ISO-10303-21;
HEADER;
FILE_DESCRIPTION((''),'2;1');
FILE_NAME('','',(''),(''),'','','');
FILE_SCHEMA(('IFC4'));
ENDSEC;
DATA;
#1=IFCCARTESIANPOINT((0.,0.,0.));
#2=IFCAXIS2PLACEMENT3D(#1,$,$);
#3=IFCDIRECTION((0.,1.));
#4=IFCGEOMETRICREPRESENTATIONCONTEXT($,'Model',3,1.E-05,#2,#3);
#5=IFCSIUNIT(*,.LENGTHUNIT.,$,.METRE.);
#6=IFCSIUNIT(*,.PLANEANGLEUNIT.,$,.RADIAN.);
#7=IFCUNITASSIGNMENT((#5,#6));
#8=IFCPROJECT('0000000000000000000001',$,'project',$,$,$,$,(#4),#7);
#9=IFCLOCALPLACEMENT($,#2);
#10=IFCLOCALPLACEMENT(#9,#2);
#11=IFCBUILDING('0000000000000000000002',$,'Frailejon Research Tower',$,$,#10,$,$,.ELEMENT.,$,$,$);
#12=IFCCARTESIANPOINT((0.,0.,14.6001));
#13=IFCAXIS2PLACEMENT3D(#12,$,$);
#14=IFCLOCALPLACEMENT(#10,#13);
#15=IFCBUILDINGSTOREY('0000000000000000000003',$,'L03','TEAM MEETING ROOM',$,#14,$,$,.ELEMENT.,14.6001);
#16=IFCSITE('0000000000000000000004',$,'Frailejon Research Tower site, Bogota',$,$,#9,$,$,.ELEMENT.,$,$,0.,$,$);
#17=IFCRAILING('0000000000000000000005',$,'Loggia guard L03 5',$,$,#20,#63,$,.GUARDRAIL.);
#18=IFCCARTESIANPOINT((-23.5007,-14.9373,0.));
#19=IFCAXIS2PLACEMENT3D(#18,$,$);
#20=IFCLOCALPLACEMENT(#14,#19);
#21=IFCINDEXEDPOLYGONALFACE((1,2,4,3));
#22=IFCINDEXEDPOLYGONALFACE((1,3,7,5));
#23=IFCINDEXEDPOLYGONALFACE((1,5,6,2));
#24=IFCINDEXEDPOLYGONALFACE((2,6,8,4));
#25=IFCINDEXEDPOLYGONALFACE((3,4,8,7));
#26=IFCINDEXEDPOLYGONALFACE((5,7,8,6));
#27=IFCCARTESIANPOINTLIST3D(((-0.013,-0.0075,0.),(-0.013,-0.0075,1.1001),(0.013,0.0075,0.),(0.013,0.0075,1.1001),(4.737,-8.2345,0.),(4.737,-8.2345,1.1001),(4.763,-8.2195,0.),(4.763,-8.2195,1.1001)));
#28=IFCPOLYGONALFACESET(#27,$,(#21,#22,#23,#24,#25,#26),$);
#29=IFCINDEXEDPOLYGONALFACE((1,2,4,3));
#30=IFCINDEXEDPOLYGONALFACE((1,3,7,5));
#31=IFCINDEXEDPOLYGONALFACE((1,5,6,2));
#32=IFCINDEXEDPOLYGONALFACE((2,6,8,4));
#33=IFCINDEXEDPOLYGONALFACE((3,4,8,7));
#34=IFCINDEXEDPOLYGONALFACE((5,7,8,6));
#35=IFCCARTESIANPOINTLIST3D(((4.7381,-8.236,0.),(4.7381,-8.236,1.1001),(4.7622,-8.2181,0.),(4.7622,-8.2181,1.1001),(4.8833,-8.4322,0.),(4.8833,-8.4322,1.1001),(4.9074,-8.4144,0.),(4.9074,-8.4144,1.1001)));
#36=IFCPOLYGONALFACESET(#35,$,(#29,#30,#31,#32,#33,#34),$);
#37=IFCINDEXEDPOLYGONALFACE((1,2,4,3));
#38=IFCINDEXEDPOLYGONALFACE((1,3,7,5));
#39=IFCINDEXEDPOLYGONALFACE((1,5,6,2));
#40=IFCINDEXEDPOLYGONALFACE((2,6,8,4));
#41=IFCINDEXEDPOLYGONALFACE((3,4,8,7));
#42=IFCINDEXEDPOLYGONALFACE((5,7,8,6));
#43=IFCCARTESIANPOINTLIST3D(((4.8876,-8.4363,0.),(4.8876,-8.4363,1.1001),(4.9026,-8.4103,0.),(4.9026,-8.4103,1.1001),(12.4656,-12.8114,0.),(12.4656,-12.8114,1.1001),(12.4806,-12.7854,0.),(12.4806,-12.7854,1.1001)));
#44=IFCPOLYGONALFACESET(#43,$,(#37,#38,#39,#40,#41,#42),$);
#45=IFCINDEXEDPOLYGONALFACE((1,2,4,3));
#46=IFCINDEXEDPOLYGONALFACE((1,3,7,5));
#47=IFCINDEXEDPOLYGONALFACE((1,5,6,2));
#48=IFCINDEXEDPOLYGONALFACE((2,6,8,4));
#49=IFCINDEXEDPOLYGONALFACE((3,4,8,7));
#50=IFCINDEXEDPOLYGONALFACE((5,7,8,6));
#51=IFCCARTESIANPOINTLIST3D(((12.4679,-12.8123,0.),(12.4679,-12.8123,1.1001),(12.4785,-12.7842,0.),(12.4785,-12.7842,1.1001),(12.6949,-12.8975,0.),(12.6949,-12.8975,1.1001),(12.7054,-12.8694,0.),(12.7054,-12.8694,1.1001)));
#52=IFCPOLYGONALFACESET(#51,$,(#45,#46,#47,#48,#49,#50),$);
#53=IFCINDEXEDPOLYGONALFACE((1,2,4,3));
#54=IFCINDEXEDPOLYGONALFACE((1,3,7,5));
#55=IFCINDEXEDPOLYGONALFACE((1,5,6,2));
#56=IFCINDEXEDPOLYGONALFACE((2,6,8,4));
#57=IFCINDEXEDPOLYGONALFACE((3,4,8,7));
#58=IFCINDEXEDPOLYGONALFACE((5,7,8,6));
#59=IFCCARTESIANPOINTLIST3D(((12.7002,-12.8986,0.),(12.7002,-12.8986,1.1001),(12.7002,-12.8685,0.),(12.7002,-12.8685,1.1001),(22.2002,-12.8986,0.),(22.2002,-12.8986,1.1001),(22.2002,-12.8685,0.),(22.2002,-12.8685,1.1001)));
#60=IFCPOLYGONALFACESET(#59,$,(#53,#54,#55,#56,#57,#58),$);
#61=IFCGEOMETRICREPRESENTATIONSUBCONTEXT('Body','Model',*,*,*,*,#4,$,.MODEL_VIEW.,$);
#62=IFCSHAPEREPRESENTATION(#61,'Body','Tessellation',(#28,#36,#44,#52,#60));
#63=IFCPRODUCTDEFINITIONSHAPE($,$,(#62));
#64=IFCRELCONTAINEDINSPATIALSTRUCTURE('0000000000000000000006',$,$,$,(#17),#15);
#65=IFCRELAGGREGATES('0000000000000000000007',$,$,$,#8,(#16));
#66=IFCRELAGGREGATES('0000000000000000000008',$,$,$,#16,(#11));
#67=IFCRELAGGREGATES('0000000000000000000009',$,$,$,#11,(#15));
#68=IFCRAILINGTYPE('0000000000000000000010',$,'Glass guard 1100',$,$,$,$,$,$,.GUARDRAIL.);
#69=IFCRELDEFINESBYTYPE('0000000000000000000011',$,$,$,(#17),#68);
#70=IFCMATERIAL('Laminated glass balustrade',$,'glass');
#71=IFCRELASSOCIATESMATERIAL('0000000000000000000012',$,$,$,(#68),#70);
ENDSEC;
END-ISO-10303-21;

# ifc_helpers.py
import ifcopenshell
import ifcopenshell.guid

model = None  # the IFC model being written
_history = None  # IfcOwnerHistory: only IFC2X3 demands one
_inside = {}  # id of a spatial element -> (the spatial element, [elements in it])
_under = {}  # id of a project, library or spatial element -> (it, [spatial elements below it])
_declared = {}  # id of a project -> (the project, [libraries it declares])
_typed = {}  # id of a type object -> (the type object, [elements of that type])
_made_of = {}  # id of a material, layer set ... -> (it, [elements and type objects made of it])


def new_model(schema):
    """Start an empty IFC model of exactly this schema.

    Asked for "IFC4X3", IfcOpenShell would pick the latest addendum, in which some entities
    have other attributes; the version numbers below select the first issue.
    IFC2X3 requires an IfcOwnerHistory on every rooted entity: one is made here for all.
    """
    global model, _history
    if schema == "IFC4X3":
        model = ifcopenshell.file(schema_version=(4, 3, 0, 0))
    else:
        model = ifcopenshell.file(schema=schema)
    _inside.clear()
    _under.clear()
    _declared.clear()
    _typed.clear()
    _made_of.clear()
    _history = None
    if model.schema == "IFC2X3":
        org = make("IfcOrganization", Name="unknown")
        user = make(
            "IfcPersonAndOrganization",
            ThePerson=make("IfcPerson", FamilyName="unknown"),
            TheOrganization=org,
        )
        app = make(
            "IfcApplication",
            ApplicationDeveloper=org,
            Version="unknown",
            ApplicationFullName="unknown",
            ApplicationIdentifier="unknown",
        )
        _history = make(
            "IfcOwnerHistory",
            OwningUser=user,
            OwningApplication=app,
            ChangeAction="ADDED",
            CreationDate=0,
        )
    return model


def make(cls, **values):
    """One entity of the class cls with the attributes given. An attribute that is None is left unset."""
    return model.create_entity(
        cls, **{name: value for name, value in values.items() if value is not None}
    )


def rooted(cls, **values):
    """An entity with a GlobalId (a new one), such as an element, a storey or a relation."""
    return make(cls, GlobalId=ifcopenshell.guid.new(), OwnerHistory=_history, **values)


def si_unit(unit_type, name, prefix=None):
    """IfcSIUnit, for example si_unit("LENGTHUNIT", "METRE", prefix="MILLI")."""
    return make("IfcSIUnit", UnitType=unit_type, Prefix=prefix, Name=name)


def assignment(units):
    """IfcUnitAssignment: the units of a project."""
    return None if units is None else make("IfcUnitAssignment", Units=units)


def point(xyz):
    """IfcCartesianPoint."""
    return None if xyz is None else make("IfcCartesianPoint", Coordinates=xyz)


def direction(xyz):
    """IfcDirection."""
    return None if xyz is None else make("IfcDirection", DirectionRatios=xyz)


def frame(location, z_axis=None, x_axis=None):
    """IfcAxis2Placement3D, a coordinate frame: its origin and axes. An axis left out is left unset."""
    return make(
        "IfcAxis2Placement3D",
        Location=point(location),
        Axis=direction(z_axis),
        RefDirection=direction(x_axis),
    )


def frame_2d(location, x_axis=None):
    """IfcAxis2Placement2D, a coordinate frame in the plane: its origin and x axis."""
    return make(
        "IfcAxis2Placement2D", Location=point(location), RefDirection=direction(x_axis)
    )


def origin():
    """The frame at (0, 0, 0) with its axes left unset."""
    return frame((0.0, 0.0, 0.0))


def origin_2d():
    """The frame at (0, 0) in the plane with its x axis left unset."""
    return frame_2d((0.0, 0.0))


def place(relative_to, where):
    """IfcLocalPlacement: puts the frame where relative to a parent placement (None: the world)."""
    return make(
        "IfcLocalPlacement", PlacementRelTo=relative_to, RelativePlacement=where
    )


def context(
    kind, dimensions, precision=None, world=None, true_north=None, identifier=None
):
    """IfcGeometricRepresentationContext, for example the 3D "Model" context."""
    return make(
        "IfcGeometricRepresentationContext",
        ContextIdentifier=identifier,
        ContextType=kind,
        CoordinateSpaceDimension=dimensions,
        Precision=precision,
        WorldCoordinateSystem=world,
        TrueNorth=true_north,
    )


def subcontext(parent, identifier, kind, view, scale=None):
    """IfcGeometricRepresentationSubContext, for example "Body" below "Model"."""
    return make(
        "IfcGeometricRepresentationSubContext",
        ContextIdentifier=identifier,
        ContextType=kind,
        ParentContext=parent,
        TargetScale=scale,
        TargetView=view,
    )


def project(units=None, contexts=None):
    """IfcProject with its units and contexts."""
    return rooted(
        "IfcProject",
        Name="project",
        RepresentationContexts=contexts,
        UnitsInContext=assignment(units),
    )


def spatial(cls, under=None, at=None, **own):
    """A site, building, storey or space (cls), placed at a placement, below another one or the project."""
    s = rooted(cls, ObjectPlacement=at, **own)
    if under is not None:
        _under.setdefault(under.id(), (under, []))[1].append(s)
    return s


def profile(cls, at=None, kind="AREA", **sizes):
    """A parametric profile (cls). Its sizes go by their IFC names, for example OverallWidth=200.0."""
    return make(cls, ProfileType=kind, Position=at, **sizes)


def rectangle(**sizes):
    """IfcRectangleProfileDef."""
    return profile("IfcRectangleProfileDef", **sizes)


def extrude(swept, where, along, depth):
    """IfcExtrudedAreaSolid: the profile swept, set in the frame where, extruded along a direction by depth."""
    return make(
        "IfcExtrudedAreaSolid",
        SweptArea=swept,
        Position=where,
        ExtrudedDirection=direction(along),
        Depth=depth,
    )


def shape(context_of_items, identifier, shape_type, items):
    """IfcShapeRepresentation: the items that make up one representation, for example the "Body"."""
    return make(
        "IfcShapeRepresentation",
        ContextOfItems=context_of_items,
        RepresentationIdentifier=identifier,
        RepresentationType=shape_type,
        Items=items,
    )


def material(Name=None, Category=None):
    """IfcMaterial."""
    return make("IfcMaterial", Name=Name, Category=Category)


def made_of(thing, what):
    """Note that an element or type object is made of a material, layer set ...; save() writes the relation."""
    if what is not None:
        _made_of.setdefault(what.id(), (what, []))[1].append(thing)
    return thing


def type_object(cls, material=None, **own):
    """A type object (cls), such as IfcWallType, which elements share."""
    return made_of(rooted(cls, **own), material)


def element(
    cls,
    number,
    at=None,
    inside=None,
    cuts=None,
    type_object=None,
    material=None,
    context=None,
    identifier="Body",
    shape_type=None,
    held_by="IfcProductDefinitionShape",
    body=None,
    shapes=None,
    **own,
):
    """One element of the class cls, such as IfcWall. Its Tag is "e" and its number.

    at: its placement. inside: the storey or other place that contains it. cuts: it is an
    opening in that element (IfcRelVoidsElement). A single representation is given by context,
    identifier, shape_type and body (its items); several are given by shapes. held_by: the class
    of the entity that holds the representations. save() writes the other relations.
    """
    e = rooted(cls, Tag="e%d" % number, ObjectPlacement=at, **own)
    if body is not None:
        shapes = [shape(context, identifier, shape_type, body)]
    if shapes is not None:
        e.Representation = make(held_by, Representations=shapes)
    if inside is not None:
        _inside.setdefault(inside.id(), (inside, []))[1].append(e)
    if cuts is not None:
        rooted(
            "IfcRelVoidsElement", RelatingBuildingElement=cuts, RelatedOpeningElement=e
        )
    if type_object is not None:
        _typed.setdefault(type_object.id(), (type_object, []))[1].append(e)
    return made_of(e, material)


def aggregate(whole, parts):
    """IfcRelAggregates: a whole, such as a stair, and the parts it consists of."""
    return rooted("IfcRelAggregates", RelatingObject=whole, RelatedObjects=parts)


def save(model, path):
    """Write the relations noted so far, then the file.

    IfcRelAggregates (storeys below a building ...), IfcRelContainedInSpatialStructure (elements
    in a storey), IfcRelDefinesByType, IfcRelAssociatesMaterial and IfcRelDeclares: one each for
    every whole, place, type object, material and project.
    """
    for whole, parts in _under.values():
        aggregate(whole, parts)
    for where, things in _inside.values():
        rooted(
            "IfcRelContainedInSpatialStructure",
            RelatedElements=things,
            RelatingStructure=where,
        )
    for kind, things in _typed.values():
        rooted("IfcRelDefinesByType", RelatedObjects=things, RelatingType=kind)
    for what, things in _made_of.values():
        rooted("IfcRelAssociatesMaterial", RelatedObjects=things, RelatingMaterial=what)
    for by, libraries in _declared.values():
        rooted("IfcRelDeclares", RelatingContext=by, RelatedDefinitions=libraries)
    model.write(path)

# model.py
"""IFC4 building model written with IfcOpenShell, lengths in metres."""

from ifc_helpers import new_model, si_unit, direction, frame, origin, origin_2d, place, context, subcontext, project, spatial, rectangle, extrude, material, type_object, element, save


model = new_model("IFC4")

# Units and contexts
model_context = context("Model", 3, precision=1e-05, world=origin(), true_north=direction((0.0, 1.0)))
body_context = subcontext(model_context, "Body", "Model", "MODEL_VIEW")
ifc_project = project(units=[si_unit("LENGTHUNIT", "METRE"), si_unit("PLANEANGLEUNIT", "RADIAN")], contexts=[model_context])

# Site, building, storey
site_placement = place(None, origin())
site = spatial("IfcSite", under=ifc_project, at=site_placement, Name="Frailejon Research Tower site, Bogota", CompositionType="ELEMENT", RefElevation=0.0)
building_placement = place(site_placement, origin())
building = spatial("IfcBuilding", under=site, at=building_placement, Name="Frailejon Research Tower", CompositionType="ELEMENT")
storey_placement = place(building_placement, frame((0.0, 0.0, 14.6001)))
storey = spatial("IfcBuildingStorey", under=building, at=storey_placement, Name="L03", Description="TEAM MEETING ROOM", CompositionType="ELEMENT", Elevation=14.6001)

# Railing
ifc_material_1 = material(Name="Laminated glass balustrade", Category="glass")
railing_type = type_object("IfcRailingType", Name="Glass guard 1100", PredefinedType="GUARDRAIL", material=ifc_material_1)
railing_placement = place(storey_placement, frame((-23.5007, -14.9373, 0.0)))
element("IfcRailing", 1, at=railing_placement, inside=storey, type_object=railing_type, Name="Loggia guard L03 5", PredefinedType="GUARDRAIL", context=body_context, shape_type="SweptSolid", body=[
    extrude(rectangle(XDim=9.4998, YDim=0.03, at=origin_2d()), frame((2.375, -4.1135, 0.0), z_axis=(0.0, 0.0, 1.0), x_axis=(0.500009, -0.86602, 0.0)), (0.0, 0.0, 1.0), 1.1001),
    extrude(rectangle(XDim=0.2441, YDim=0.03, at=origin_2d()), frame((4.8228, -8.3252, 0.0), z_axis=(0.0, 0.0, 1.0), x_axis=(0.594869, -0.803823, 0.0)), (0.0, 0.0, 1.0), 1.1001),
    extrude(rectangle(XDim=8.7502, YDim=0.03, at=origin_2d()), frame((8.6841, -10.6108, 0.0), z_axis=(0.0, 0.0, 1.0), x_axis=(0.86603, -0.499992, 0.0)), (0.0, 0.0, 1.0), 1.1001),
    extrude(rectangle(XDim=0.2424, YDim=0.03, at=origin_2d()), frame((12.5867, -12.8408, 0.0), z_axis=(0.0, 0.0, 1.0), x_axis=(0.936246, -0.351344, 0.0)), (0.0, 0.0, 1.0), 1.1001),
    extrude(rectangle(XDim=9.5, YDim=0.03, at=origin_2d()), frame((17.4502, -12.8835, 0.0), z_axis=(0.0, 0.0, 1.0), x_axis=(1.0, 0.0, 0.0)), (0.0, 0.0, 1.0), 1.1001),
])

save(model, "model.ifc")
